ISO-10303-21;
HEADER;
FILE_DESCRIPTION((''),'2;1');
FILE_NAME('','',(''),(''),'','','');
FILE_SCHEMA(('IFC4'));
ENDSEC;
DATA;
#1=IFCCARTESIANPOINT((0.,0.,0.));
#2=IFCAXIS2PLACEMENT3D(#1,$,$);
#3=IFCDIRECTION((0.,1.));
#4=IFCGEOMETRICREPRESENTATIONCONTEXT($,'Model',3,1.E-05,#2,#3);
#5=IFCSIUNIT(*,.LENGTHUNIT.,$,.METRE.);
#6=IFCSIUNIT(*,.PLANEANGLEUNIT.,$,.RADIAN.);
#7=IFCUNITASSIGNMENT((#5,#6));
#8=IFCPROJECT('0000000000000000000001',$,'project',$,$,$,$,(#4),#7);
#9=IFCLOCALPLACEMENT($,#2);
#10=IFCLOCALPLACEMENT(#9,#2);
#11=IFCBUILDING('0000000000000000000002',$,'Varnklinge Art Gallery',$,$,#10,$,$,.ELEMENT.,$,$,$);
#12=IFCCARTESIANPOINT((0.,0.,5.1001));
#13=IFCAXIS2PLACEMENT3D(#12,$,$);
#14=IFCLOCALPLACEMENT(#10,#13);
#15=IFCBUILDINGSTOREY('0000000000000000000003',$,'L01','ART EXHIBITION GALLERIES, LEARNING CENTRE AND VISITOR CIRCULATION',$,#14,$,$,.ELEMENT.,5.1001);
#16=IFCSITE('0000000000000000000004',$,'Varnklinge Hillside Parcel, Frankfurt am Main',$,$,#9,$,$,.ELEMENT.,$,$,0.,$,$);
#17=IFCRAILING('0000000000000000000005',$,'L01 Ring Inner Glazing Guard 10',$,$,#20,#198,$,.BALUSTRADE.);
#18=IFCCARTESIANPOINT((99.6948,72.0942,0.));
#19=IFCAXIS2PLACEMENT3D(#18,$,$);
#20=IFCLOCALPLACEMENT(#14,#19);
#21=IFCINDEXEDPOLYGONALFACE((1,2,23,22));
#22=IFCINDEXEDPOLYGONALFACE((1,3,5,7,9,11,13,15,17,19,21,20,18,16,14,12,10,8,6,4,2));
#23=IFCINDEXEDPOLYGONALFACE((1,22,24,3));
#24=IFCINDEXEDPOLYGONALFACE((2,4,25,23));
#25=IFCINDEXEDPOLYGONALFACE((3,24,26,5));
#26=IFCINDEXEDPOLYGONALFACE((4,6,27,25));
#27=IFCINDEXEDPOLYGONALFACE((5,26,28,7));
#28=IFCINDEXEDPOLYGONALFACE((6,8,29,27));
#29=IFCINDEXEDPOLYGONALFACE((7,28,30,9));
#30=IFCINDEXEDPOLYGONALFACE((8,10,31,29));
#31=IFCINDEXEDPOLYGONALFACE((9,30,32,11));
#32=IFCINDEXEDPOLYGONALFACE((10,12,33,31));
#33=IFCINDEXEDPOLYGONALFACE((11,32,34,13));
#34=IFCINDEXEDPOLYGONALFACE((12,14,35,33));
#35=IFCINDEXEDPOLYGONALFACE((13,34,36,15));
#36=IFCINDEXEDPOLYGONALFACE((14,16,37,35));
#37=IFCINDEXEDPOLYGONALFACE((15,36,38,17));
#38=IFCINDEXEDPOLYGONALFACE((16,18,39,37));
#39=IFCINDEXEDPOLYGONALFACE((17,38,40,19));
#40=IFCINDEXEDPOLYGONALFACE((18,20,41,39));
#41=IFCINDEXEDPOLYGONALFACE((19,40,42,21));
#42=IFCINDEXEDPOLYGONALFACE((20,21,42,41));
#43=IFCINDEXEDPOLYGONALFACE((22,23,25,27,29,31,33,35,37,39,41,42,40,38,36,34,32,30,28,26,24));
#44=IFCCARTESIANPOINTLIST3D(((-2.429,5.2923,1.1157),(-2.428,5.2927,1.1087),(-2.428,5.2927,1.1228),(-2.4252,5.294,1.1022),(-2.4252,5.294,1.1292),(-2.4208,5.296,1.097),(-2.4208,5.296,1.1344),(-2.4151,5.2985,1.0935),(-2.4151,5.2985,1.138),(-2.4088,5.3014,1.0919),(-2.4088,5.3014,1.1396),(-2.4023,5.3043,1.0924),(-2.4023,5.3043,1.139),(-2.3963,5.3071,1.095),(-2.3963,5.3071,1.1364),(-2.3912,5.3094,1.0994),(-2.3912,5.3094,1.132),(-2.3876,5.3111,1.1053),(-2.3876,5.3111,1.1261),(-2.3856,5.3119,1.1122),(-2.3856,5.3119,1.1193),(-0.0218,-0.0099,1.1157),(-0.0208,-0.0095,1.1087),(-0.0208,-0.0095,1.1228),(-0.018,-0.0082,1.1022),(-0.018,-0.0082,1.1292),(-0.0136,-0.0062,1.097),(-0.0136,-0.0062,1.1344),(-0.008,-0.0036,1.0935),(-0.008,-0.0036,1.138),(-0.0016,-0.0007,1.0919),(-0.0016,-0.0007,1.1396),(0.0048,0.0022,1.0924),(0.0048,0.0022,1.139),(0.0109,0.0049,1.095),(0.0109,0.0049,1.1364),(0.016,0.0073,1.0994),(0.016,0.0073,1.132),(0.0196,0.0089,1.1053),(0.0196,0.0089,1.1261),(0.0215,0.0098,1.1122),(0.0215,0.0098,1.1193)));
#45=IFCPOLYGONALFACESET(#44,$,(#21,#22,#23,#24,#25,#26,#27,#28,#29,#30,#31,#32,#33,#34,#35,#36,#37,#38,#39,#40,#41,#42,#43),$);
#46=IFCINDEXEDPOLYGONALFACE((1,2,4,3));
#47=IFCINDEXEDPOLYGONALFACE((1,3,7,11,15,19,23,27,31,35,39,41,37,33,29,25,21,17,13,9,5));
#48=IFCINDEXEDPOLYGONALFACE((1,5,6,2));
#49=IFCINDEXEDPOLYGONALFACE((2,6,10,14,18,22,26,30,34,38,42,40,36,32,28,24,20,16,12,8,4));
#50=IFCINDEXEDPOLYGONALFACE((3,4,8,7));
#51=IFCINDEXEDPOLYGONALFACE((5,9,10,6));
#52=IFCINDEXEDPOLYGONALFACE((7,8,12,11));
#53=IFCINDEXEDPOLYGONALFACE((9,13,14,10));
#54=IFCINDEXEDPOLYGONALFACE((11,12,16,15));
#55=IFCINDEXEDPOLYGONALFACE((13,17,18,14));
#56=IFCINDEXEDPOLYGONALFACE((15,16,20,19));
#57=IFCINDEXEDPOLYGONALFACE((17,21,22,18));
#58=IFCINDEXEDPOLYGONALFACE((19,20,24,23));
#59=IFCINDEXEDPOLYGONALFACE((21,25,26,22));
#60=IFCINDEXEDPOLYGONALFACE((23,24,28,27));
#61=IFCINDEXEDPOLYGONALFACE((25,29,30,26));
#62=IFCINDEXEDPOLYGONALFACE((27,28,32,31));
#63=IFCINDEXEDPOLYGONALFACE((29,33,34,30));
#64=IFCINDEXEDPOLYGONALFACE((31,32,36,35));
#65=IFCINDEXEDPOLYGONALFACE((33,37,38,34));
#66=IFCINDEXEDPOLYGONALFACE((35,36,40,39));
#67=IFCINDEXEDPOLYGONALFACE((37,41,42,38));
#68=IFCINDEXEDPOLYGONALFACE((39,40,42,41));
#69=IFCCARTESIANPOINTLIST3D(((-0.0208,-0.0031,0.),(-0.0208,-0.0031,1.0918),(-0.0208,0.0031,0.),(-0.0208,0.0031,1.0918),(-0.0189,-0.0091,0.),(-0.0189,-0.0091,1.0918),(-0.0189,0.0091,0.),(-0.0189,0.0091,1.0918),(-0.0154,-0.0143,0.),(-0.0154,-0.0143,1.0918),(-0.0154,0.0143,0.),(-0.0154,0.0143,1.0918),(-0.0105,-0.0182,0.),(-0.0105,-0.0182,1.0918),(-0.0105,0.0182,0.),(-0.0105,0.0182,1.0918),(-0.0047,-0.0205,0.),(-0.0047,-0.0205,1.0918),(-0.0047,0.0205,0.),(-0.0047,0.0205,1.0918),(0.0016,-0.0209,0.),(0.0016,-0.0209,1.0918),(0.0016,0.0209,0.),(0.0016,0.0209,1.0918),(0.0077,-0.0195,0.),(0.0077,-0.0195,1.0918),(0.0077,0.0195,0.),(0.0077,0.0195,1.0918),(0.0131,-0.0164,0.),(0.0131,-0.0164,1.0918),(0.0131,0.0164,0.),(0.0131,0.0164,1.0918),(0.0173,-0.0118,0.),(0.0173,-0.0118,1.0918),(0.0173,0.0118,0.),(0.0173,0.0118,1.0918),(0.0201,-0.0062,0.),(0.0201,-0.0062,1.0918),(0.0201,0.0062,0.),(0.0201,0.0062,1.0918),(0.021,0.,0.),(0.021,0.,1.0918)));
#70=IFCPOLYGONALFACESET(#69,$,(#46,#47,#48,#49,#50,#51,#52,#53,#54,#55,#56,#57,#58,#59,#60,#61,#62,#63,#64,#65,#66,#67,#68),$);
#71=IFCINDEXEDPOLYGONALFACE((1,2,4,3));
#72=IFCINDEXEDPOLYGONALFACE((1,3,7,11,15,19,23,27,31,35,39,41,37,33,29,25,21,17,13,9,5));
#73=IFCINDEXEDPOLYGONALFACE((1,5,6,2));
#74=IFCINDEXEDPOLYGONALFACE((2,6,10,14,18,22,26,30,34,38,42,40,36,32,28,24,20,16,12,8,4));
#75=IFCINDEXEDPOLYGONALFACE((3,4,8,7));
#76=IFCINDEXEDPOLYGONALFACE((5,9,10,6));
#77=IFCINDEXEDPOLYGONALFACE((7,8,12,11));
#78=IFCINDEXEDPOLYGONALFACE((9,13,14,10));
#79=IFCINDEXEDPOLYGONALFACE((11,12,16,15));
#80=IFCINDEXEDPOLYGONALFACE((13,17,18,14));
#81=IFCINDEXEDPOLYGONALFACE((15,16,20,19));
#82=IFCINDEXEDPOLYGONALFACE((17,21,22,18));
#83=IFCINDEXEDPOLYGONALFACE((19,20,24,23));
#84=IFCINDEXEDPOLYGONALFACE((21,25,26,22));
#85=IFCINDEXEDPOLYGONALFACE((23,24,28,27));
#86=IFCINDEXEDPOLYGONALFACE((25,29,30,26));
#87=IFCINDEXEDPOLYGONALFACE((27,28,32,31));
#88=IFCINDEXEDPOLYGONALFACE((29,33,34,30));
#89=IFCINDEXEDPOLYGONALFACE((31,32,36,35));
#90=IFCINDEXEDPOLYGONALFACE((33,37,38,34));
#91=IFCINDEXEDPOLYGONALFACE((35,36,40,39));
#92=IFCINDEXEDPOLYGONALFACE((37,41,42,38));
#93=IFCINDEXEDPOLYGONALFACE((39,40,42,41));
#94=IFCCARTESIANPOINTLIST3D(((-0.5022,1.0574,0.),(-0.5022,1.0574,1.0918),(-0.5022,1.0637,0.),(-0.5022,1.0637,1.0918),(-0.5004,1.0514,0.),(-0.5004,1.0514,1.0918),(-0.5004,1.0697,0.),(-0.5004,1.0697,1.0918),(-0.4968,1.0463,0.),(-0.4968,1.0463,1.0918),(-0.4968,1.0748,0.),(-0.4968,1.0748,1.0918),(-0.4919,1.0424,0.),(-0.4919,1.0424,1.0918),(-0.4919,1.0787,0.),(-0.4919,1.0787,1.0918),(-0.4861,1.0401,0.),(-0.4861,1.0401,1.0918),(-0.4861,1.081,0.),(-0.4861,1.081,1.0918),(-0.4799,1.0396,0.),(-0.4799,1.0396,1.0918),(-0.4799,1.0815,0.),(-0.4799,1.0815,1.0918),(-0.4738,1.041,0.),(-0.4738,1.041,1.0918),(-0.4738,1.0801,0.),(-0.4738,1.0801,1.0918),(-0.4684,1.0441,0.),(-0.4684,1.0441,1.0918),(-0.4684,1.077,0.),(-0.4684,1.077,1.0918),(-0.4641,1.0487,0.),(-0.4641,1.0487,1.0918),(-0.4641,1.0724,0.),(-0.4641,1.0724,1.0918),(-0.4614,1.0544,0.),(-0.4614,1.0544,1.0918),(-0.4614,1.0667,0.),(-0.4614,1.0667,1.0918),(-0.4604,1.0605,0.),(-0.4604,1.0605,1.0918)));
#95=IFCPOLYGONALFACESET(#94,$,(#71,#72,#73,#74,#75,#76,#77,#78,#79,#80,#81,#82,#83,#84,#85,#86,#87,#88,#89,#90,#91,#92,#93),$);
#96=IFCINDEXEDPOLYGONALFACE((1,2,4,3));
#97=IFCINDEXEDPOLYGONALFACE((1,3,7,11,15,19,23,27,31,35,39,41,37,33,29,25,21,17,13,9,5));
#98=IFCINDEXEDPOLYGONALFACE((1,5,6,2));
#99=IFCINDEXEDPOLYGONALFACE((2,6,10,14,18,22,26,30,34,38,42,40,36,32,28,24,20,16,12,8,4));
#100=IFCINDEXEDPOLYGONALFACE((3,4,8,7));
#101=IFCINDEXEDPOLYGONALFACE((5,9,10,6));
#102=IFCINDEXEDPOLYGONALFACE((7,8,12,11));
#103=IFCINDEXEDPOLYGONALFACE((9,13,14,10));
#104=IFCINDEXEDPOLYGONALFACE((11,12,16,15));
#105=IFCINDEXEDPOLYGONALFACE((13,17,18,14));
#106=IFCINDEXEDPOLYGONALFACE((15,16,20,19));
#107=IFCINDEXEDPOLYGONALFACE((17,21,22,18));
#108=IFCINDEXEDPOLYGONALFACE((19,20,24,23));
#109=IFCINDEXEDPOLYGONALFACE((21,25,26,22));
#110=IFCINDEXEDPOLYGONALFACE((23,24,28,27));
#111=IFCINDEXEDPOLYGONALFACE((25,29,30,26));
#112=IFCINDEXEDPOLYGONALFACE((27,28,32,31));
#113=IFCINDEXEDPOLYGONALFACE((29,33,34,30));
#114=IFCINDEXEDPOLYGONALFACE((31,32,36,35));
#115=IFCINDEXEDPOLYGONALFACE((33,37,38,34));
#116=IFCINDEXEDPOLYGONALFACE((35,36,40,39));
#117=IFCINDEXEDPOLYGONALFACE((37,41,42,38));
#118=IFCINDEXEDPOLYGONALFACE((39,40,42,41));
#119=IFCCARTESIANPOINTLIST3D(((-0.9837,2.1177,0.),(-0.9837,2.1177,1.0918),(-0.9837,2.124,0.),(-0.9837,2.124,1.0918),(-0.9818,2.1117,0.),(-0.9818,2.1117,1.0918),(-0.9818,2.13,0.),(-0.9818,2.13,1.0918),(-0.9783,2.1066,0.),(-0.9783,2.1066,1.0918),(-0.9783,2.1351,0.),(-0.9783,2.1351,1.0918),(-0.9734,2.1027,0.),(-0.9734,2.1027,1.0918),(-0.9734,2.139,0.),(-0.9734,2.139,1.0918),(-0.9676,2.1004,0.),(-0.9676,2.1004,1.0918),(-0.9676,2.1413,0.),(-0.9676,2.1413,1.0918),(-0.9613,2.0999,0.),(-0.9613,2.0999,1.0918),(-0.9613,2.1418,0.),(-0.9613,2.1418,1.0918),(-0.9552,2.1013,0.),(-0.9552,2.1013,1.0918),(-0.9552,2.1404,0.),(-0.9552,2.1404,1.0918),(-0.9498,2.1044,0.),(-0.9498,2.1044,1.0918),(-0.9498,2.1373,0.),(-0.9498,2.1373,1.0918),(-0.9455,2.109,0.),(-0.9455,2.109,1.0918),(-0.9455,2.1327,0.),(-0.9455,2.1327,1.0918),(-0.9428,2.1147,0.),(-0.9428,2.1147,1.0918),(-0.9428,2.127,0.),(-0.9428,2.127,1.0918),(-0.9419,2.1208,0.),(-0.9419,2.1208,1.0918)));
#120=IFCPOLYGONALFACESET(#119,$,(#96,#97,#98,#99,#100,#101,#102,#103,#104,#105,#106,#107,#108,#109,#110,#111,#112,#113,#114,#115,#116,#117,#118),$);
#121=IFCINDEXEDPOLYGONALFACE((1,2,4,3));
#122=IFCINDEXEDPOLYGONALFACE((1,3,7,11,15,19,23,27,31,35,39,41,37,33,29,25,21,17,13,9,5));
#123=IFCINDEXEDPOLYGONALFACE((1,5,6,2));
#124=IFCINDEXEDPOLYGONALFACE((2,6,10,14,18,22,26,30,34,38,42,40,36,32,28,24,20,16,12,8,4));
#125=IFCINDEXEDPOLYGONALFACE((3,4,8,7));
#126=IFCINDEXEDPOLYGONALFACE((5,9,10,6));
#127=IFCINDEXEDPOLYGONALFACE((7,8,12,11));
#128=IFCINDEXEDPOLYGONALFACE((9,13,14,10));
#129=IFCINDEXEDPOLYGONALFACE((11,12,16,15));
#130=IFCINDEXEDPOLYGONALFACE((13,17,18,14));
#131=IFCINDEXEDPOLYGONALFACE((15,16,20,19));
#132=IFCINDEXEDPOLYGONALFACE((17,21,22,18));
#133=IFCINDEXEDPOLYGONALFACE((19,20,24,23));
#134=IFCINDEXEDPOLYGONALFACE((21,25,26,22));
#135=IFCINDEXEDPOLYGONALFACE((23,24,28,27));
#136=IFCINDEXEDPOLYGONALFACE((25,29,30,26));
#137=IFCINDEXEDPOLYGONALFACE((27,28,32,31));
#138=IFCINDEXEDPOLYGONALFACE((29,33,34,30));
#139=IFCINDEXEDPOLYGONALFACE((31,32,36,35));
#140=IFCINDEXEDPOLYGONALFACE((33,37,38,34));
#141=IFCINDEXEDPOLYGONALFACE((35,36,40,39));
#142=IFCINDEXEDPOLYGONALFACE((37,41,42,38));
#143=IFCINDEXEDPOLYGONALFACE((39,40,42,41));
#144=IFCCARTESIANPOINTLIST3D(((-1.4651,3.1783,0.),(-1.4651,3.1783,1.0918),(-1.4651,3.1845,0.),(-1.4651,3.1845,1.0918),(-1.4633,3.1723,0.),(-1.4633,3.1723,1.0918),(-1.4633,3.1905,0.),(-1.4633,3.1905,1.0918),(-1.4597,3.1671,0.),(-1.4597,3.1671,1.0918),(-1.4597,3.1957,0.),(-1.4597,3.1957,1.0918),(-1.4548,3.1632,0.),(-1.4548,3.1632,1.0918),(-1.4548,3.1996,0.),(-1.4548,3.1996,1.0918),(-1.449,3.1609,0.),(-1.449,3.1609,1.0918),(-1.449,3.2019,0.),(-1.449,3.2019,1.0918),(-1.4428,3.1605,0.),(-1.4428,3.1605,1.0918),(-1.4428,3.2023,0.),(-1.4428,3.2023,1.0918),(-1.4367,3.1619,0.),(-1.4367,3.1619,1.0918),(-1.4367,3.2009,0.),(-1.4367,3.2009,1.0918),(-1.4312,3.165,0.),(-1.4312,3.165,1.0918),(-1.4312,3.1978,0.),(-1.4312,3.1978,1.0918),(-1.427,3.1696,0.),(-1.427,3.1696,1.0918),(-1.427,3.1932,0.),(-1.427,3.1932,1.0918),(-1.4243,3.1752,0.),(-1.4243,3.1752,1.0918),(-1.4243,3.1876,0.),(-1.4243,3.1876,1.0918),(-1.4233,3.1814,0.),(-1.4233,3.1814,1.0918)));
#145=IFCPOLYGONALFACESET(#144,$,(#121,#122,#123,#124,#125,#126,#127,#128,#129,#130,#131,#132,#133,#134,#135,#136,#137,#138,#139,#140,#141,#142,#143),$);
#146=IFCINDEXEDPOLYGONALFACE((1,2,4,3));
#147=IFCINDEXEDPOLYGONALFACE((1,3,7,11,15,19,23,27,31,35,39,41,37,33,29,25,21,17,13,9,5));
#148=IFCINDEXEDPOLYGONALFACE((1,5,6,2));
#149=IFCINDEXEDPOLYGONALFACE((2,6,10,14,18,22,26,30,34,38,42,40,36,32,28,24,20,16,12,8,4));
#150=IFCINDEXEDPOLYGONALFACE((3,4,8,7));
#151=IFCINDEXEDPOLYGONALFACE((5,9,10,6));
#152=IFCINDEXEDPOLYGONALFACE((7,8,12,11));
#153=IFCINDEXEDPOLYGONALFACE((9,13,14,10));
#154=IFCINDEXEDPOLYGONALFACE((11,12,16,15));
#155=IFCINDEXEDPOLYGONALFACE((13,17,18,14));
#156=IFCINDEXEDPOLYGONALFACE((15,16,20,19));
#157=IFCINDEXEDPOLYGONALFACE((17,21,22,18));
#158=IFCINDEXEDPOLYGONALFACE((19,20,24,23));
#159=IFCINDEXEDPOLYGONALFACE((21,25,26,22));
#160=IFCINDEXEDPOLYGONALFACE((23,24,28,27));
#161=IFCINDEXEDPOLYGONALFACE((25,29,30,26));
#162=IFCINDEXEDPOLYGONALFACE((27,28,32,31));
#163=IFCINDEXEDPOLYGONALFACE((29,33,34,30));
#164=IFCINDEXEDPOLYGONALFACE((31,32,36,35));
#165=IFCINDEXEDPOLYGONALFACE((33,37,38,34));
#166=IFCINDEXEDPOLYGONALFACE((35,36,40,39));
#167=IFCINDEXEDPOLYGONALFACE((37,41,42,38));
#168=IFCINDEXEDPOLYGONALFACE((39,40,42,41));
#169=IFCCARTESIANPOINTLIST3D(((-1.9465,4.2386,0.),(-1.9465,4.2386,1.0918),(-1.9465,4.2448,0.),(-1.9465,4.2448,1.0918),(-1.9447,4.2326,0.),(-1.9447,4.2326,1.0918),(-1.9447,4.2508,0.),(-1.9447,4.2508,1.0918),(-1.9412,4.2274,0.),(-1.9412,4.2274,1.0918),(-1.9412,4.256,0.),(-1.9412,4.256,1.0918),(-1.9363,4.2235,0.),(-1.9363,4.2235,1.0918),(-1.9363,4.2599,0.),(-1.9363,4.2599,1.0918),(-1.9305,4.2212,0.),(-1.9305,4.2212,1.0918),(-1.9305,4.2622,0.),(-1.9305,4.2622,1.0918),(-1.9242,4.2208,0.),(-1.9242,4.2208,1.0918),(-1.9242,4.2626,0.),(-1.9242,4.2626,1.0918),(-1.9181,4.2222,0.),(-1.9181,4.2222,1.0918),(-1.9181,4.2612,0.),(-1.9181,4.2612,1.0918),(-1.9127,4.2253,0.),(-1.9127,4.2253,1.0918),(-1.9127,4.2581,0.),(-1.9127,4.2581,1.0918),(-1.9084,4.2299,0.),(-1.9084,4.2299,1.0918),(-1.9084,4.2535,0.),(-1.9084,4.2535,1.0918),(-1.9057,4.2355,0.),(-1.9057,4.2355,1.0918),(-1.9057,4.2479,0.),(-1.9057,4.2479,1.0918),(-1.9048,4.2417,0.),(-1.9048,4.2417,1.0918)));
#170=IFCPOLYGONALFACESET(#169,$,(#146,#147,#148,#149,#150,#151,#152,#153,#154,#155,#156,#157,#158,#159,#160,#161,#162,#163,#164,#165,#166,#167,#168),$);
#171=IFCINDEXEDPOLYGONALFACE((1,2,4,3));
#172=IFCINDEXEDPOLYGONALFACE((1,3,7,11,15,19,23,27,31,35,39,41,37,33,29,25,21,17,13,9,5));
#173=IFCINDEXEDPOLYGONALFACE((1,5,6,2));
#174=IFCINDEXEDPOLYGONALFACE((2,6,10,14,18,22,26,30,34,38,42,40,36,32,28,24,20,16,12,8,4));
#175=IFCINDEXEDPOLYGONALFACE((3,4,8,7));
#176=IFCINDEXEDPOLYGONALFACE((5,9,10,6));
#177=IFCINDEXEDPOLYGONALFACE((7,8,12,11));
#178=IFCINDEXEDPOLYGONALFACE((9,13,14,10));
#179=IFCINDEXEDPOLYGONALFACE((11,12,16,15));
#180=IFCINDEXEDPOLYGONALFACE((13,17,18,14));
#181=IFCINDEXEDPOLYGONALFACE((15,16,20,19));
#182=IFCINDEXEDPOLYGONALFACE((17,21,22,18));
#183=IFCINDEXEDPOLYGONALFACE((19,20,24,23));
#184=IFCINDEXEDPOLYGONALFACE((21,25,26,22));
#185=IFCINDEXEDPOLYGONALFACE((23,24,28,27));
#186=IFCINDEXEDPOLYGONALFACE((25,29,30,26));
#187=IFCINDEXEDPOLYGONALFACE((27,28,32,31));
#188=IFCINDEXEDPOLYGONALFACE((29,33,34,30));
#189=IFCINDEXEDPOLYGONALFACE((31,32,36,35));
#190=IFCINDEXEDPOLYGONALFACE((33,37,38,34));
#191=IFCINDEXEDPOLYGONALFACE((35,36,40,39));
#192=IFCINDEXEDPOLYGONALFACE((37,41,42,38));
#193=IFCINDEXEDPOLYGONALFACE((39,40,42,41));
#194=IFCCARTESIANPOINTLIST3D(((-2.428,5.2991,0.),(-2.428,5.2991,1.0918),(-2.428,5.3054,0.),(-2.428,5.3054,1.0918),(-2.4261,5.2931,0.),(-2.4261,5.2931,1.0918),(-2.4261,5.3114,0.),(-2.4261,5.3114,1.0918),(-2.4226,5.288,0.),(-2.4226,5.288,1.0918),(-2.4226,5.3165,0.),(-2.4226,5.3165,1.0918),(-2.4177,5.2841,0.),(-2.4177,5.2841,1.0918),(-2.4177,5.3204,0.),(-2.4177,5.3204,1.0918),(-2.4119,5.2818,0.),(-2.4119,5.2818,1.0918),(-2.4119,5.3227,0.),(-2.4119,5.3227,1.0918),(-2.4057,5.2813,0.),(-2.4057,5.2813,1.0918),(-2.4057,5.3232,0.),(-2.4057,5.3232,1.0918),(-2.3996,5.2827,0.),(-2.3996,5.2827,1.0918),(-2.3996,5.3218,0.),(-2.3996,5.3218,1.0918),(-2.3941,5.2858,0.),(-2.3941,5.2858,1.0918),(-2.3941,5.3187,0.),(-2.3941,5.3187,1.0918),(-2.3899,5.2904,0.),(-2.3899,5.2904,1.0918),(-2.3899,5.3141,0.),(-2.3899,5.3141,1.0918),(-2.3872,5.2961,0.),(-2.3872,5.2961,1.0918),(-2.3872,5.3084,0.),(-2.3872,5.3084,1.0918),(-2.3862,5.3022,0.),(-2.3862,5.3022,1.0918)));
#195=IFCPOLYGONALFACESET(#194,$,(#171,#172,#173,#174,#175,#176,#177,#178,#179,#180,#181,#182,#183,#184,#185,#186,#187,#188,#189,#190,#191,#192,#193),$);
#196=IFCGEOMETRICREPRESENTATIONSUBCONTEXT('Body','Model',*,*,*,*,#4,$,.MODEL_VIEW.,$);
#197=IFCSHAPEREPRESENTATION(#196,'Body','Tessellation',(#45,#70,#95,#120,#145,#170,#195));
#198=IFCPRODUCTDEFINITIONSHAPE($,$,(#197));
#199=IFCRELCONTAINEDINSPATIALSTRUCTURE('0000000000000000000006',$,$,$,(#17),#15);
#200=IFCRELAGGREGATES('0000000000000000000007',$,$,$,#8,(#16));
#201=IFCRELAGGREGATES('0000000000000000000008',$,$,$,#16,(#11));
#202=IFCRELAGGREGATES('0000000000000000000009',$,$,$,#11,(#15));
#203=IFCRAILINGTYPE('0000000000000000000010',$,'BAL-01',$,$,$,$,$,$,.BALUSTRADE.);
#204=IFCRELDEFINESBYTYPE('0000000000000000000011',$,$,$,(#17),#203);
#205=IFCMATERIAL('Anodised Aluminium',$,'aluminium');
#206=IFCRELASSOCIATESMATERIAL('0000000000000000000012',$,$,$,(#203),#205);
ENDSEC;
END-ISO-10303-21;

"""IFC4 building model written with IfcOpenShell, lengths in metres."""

from ifc_helpers import new_model, si_unit, direction, frame, origin, origin_2d, place, context, subcontext, project, spatial, circle, extrude, material, type_object, element, save


model = new_model("IFC4")

# Units and contexts
model_context = context("Model", 3, precision=1e-05, world=origin(), true_north=direction((0.0, 1.0)))
body_context = subcontext(model_context, "Body", "Model", "MODEL_VIEW")
ifc_project = project(units=[si_unit("LENGTHUNIT", "METRE"), si_unit("PLANEANGLEUNIT", "RADIAN")], contexts=[model_context])

# Site, building, storey
site_placement = place(None, origin())
site = spatial("IfcSite", under=ifc_project, at=site_placement, Name="Varnklinge Hillside Parcel, Frankfurt am Main", CompositionType="ELEMENT", RefElevation=0.0)
building_placement = place(site_placement, origin())
building = spatial("IfcBuilding", under=site, at=building_placement, Name="Varnklinge Art Gallery", CompositionType="ELEMENT")
storey_placement = place(building_placement, frame((0.0, 0.0, 5.1001)))
storey = spatial("IfcBuildingStorey", under=building, at=storey_placement, Name="L01", Description="ART EXHIBITION GALLERIES, LEARNING CENTRE AND VISITOR CIRCULATION", CompositionType="ELEMENT", Elevation=5.1001)

# Railing
ifc_material_1 = material(Name="Anodised Aluminium", Category="aluminium")
railing_type = type_object("IfcRailingType", Name="BAL-01", PredefinedType="BALUSTRADE", material=ifc_material_1)
railing_placement = place(storey_placement, frame((99.6948, 72.0942, 0.0)))
element("IfcRailing", 1, at=railing_placement, inside=storey, type_object=railing_type, Name="L01 Ring Inner Glazing Guard 10", PredefinedType="BALUSTRADE", context=body_context, shape_type="SweptSolid", body=[
    extrude(circle(Radius=0.0239, at=origin_2d()), frame((0.0, 0.0, 1.1157), z_axis=(-0.413392, 0.910553, 0.0), x_axis=(-0.910553, -0.413392, 0.0)), (0.0, 0.0, 1.0), 5.823),
    extrude(circle(Radius=0.021, at=origin_2d()), origin(), (0.0, 0.0, 1.0), 1.0918),
    extrude(circle(Radius=0.021, at=origin_2d()), frame((-0.4814, 1.0605, 0.0)), (0.0, 0.0, 1.0), 1.0918),
    extrude(circle(Radius=0.021, at=origin_2d()), frame((-0.9629, 2.1208, 0.0)), (0.0, 0.0, 1.0), 1.0918),
    extrude(circle(Radius=0.021, at=origin_2d()), frame((-1.4443, 3.1814, 0.0)), (0.0, 0.0, 1.0), 1.0918),
    extrude(circle(Radius=0.021, at=origin_2d()), frame((-1.9258, 4.2417, 0.0)), (0.0, 0.0, 1.0), 1.0918),
    extrude(circle(Radius=0.021, at=origin_2d()), frame((-2.4072, 5.3022, 0.0)), (0.0, 0.0, 1.0), 1.0918),
])

save(model, "model.ifc")
